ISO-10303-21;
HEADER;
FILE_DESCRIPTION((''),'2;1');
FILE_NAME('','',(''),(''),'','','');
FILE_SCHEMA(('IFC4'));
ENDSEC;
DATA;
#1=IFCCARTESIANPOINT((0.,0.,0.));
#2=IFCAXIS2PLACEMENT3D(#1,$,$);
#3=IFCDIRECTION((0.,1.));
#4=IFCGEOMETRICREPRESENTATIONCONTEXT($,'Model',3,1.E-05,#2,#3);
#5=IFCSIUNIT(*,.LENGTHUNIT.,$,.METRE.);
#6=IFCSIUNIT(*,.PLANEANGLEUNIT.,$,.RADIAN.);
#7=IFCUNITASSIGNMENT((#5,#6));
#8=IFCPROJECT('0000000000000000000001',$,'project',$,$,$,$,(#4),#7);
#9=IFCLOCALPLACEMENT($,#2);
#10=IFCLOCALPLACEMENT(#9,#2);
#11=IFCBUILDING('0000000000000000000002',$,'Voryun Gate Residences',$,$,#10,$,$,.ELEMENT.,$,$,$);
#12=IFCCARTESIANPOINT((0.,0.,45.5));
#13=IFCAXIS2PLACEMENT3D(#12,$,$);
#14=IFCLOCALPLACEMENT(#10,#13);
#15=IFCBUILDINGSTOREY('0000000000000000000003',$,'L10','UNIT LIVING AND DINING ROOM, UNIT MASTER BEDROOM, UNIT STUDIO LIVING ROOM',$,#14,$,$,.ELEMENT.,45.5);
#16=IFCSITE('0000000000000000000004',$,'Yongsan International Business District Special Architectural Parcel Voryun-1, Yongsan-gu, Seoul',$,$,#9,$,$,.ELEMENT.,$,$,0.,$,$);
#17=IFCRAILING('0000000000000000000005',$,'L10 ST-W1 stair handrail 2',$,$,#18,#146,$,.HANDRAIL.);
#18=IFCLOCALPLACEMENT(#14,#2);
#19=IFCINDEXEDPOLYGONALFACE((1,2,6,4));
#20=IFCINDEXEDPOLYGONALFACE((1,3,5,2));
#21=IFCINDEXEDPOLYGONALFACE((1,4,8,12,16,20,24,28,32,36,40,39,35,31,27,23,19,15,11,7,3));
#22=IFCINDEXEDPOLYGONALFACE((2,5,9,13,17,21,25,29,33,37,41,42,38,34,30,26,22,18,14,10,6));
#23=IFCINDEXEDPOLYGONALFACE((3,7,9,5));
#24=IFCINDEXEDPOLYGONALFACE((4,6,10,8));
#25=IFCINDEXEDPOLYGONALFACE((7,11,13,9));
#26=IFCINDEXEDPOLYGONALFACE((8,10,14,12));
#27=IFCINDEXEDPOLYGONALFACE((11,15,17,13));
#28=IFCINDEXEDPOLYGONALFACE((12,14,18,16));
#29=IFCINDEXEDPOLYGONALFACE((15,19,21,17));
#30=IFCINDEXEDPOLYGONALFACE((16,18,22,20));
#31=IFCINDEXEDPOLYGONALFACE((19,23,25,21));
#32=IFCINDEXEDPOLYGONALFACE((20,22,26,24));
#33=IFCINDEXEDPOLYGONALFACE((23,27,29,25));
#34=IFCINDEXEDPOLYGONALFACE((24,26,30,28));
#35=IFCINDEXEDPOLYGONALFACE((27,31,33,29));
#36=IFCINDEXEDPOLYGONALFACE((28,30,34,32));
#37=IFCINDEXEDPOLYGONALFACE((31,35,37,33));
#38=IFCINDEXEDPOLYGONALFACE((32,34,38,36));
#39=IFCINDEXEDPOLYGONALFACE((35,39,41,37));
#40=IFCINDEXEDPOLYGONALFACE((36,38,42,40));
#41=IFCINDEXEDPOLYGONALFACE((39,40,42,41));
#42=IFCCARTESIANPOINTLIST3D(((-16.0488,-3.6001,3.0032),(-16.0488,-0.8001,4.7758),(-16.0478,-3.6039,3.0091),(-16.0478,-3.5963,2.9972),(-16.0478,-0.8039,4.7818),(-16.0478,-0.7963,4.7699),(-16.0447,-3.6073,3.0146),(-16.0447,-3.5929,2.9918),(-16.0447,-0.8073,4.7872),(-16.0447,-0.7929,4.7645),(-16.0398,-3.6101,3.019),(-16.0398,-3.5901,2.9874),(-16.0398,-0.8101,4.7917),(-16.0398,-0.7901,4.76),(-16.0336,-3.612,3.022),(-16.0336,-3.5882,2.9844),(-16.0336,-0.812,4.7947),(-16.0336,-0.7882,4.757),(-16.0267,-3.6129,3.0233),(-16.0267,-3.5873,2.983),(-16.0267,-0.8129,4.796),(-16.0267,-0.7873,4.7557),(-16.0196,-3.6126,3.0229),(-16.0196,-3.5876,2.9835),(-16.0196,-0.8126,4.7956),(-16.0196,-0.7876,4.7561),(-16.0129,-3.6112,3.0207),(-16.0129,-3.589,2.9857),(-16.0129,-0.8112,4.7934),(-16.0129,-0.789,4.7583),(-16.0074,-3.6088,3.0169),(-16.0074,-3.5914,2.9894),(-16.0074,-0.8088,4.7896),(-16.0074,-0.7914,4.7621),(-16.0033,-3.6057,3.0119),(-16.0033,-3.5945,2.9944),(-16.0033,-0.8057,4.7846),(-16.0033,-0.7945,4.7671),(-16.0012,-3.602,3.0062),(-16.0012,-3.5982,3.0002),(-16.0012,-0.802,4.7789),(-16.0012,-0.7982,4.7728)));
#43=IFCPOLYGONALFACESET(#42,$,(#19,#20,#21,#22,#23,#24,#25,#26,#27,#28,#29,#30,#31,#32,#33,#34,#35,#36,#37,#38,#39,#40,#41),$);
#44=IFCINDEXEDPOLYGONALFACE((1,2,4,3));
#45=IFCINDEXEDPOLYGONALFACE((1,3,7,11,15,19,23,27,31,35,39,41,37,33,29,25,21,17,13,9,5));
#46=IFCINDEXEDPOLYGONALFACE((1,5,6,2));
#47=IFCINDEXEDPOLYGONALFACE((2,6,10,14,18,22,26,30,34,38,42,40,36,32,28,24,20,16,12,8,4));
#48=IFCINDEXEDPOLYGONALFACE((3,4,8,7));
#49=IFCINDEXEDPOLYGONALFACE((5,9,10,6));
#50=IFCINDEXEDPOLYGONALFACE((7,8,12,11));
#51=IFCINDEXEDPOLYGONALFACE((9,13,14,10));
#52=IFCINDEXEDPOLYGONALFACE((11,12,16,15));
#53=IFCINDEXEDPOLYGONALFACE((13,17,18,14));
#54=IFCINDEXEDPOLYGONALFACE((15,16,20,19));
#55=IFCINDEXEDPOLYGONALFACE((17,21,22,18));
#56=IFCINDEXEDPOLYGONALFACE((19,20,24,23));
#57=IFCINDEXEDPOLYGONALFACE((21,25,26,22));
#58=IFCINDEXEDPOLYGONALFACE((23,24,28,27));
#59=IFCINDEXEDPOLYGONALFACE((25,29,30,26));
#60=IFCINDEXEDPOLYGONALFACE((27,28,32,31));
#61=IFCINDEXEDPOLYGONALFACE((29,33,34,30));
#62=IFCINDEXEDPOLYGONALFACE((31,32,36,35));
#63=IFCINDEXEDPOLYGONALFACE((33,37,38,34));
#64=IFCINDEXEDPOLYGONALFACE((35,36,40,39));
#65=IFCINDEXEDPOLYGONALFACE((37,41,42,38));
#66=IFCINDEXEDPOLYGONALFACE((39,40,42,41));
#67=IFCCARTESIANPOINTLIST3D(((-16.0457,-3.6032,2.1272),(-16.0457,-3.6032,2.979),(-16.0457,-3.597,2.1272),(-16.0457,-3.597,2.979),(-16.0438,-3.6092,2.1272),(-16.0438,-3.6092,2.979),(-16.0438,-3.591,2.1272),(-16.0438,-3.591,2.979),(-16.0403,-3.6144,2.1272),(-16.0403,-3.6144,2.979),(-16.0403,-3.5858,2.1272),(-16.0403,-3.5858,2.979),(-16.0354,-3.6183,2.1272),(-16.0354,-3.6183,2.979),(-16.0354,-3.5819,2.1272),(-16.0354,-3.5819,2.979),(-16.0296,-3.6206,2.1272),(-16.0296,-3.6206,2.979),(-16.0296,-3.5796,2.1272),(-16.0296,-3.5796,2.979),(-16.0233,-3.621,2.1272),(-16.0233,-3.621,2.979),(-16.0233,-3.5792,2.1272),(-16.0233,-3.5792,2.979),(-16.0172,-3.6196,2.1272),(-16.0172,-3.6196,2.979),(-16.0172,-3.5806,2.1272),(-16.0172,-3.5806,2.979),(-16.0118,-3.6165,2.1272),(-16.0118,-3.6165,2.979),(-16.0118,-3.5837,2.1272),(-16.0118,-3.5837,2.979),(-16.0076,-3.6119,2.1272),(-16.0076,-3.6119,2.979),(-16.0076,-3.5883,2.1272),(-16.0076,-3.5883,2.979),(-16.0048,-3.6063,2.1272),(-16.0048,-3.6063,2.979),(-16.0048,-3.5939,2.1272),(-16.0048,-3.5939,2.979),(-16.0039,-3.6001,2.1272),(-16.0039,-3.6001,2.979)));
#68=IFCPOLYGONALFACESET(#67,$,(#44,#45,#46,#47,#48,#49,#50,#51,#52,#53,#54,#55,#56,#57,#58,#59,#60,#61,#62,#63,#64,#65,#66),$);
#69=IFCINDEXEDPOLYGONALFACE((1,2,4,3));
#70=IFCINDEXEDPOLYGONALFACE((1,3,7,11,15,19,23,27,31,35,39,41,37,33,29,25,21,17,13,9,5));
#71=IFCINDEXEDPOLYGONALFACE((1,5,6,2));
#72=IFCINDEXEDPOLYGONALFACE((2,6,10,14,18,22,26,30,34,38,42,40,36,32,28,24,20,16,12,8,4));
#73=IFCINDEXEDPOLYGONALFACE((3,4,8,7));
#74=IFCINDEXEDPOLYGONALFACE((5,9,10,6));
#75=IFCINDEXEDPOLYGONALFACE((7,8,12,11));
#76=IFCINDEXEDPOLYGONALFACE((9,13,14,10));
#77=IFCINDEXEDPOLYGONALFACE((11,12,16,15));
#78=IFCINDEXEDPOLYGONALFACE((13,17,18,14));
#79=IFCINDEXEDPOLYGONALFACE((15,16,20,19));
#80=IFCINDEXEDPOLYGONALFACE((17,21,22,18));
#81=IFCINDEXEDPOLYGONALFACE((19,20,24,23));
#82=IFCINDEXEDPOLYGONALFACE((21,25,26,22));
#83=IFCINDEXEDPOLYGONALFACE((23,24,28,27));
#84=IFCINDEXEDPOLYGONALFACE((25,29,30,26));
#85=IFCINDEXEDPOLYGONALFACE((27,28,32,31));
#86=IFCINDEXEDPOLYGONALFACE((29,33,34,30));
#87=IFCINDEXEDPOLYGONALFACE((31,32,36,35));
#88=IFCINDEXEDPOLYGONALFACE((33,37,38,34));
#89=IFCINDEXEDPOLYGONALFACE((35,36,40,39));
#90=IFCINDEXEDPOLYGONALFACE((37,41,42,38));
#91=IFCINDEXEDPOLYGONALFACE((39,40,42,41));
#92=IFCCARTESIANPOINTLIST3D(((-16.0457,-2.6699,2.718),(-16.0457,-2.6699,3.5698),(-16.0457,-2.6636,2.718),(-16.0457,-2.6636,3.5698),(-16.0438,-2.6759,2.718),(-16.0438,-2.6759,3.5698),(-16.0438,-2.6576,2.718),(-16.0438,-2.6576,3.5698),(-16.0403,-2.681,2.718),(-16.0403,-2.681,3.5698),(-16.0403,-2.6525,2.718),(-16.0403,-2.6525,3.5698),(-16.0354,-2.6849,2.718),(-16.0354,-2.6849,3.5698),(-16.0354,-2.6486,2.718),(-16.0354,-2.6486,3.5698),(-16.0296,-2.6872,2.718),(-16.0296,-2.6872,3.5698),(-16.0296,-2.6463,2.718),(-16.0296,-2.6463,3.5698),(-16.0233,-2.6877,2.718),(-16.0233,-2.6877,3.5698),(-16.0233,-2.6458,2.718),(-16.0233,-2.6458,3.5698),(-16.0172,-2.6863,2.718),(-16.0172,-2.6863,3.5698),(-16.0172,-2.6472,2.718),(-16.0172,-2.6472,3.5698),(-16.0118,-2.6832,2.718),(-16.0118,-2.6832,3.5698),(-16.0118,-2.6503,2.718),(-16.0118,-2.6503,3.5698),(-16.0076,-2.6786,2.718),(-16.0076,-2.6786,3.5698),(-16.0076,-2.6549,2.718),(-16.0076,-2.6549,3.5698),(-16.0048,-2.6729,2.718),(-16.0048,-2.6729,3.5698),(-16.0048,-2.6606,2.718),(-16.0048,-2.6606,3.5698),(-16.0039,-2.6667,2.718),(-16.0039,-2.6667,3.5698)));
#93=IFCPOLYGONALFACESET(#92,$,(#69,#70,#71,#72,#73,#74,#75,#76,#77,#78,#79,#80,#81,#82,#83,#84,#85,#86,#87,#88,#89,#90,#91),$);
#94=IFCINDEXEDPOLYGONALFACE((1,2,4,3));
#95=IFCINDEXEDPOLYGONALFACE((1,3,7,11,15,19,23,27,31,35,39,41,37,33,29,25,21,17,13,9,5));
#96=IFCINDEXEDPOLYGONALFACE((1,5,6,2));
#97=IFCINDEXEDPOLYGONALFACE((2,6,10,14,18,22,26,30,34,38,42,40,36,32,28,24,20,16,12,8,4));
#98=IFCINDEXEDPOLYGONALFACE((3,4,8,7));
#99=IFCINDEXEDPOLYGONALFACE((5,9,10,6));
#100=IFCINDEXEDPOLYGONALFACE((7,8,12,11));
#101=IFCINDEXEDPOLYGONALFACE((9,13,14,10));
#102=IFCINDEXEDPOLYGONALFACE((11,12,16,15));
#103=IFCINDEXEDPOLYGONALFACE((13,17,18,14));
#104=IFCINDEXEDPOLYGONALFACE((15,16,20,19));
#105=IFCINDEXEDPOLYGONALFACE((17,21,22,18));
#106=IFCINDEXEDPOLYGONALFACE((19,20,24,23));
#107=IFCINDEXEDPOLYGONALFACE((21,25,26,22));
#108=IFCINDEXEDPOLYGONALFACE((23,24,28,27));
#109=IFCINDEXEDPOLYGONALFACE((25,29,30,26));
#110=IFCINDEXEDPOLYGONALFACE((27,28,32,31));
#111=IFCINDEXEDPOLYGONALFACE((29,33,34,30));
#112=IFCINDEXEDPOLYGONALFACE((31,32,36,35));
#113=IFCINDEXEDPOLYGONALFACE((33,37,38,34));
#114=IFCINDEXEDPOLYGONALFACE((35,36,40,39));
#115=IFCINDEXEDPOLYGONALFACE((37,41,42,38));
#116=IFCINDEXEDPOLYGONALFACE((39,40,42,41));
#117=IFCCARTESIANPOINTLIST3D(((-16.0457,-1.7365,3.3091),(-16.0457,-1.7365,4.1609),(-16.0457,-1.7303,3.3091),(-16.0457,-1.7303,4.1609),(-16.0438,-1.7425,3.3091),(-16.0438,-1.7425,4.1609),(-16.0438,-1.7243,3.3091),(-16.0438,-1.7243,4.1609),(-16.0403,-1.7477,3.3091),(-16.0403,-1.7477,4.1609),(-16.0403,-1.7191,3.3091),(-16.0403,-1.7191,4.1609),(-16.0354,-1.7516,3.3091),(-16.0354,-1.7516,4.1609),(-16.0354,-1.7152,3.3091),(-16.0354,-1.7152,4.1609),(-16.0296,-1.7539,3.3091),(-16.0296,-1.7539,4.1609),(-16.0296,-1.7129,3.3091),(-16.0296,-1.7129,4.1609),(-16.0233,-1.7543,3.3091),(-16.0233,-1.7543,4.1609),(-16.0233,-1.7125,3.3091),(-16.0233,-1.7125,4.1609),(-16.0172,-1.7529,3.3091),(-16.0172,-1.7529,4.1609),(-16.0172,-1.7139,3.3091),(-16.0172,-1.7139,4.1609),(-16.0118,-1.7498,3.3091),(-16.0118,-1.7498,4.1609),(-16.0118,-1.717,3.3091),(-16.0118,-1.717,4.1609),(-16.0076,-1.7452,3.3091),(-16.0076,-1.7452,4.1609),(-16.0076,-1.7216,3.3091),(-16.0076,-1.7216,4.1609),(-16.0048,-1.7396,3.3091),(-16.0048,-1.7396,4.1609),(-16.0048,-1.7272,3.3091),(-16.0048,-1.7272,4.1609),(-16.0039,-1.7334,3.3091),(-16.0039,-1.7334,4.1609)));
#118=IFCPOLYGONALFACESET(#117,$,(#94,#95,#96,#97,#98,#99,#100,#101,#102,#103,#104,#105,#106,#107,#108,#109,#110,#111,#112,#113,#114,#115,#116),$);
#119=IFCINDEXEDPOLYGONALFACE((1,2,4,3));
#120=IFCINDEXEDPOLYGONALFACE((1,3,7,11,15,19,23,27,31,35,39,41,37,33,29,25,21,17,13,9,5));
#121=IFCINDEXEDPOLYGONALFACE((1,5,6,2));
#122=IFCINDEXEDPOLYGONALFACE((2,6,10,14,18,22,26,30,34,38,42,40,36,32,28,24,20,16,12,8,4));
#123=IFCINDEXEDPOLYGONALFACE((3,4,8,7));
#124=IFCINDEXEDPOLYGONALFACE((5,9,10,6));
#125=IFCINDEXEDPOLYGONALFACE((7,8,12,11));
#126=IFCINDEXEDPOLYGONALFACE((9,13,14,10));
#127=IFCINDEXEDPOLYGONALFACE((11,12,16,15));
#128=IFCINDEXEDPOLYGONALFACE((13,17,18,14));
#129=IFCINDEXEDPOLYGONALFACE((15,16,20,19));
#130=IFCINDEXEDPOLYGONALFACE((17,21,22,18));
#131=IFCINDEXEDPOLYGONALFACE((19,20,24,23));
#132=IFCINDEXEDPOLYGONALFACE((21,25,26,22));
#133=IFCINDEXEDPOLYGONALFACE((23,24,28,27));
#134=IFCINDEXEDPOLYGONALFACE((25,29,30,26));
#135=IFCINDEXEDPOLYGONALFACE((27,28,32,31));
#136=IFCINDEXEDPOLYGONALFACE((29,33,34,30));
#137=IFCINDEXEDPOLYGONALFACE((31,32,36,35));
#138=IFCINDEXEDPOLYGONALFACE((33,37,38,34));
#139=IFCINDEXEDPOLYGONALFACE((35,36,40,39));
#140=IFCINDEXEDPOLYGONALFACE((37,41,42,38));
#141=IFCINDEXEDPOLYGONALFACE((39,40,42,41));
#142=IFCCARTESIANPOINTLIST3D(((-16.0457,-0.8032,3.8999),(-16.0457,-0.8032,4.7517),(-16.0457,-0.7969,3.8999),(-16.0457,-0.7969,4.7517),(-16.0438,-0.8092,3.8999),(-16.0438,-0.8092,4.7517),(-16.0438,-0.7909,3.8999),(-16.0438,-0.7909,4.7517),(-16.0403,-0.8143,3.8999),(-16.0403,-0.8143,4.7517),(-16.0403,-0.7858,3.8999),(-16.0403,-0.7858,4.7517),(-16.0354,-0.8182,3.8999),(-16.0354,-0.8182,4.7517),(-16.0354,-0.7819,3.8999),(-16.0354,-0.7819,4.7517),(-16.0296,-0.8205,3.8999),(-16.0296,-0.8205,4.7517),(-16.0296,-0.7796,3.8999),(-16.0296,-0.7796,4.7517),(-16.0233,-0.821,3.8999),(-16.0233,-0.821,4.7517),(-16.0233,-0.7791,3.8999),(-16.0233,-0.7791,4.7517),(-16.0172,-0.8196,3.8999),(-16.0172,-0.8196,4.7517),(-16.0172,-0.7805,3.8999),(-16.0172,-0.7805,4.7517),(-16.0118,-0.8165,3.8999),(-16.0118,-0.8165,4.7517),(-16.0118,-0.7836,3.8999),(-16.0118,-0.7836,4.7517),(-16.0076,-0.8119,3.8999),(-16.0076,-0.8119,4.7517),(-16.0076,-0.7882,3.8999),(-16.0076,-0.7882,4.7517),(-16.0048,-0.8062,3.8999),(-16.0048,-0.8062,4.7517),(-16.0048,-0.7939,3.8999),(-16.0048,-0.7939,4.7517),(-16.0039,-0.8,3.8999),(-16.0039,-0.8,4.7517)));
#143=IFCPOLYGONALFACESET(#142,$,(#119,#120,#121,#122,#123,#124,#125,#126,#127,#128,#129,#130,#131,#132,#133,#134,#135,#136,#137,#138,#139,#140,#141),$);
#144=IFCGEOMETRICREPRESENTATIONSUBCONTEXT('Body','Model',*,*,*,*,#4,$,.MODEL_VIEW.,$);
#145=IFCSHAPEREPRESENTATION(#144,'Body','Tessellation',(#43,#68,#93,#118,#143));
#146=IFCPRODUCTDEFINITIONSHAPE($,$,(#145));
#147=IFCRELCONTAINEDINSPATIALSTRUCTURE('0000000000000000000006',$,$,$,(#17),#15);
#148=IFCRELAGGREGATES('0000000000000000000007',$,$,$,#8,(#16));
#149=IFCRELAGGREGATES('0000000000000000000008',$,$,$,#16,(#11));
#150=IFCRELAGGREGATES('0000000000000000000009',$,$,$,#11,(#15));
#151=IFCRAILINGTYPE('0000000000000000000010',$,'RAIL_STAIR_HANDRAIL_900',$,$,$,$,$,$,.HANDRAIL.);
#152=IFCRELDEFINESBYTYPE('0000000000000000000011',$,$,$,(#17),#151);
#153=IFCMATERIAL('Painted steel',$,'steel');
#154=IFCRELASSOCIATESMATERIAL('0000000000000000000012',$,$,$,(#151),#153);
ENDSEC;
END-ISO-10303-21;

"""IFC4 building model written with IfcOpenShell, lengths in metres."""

from ifc_helpers import new_model, si_unit, direction, frame, origin, origin_2d, place, context, subcontext, project, spatial, circle, extrude, material, type_object, element, save


model = new_model("IFC4")

# Units and contexts
model_context = context("Model", 3, precision=1e-05, world=origin(), true_north=direction((0.0, 1.0)))
body_context = subcontext(model_context, "Body", "Model", "MODEL_VIEW")
ifc_project = project(units=[si_unit("LENGTHUNIT", "METRE"), si_unit("PLANEANGLEUNIT", "RADIAN")], contexts=[model_context])

# Site, building, storey
site_placement = place(None, origin())
site = spatial("IfcSite", under=ifc_project, at=site_placement, Name="Yongsan International Business District Special Architectural Parcel Voryun-1, Yongsan-gu, Seoul", CompositionType="ELEMENT", RefElevation=0.0)
building_placement = place(site_placement, origin())
building = spatial("IfcBuilding", under=site, at=building_placement, Name="Voryun Gate Residences", CompositionType="ELEMENT")
storey_placement = place(building_placement, frame((0.0, 0.0, 45.5)))
storey = spatial("IfcBuildingStorey", under=building, at=storey_placement, Name="L10", Description="UNIT LIVING AND DINING ROOM, UNIT MASTER BEDROOM, UNIT STUDIO LIVING ROOM", CompositionType="ELEMENT", Elevation=45.5)

# Railing
ifc_material_1 = material(Name="Painted steel", Category="steel")
railing_type_1 = type_object("IfcRailingType", Name="RAIL_STAIR_HANDRAIL_900", PredefinedType="HANDRAIL", material=ifc_material_1)
railing_1_placement = place(storey_placement, frame((-16.0249, -3.6001, 2.1272)))
element("IfcRailing", 1, at=railing_1_placement, inside=storey, type_object=railing_type_1, Name="L10 ST-W1 stair handrail 2", PredefinedType="HANDRAIL", context=body_context, shape_type="SweptSolid", body=[
    extrude(circle(Radius=0.0239, at=origin_2d()), frame((0.0, 0.0, 0.876), z_axis=(0.0, 0.844909, 0.53491), x_axis=(-1.0, 0.0, 0.0)), (0.0, 0.0, 1.0), 3.314),
    extrude(circle(Radius=0.021, at=origin_2d()), origin(), (0.0, 0.0, 1.0), 0.8518),
    extrude(circle(Radius=0.021, at=origin_2d()), frame((0.0, 0.9333, 0.5908)), (0.0, 0.0, 1.0), 0.8518),
    extrude(circle(Radius=0.021, at=origin_2d()), frame((0.0, 1.8667, 1.1819)), (0.0, 0.0, 1.0), 0.8518),
    extrude(circle(Radius=0.021, at=origin_2d()), frame((0.0, 2.8, 1.7727)), (0.0, 0.0, 1.0), 0.8518),
])

save(model, "model.ifc")
